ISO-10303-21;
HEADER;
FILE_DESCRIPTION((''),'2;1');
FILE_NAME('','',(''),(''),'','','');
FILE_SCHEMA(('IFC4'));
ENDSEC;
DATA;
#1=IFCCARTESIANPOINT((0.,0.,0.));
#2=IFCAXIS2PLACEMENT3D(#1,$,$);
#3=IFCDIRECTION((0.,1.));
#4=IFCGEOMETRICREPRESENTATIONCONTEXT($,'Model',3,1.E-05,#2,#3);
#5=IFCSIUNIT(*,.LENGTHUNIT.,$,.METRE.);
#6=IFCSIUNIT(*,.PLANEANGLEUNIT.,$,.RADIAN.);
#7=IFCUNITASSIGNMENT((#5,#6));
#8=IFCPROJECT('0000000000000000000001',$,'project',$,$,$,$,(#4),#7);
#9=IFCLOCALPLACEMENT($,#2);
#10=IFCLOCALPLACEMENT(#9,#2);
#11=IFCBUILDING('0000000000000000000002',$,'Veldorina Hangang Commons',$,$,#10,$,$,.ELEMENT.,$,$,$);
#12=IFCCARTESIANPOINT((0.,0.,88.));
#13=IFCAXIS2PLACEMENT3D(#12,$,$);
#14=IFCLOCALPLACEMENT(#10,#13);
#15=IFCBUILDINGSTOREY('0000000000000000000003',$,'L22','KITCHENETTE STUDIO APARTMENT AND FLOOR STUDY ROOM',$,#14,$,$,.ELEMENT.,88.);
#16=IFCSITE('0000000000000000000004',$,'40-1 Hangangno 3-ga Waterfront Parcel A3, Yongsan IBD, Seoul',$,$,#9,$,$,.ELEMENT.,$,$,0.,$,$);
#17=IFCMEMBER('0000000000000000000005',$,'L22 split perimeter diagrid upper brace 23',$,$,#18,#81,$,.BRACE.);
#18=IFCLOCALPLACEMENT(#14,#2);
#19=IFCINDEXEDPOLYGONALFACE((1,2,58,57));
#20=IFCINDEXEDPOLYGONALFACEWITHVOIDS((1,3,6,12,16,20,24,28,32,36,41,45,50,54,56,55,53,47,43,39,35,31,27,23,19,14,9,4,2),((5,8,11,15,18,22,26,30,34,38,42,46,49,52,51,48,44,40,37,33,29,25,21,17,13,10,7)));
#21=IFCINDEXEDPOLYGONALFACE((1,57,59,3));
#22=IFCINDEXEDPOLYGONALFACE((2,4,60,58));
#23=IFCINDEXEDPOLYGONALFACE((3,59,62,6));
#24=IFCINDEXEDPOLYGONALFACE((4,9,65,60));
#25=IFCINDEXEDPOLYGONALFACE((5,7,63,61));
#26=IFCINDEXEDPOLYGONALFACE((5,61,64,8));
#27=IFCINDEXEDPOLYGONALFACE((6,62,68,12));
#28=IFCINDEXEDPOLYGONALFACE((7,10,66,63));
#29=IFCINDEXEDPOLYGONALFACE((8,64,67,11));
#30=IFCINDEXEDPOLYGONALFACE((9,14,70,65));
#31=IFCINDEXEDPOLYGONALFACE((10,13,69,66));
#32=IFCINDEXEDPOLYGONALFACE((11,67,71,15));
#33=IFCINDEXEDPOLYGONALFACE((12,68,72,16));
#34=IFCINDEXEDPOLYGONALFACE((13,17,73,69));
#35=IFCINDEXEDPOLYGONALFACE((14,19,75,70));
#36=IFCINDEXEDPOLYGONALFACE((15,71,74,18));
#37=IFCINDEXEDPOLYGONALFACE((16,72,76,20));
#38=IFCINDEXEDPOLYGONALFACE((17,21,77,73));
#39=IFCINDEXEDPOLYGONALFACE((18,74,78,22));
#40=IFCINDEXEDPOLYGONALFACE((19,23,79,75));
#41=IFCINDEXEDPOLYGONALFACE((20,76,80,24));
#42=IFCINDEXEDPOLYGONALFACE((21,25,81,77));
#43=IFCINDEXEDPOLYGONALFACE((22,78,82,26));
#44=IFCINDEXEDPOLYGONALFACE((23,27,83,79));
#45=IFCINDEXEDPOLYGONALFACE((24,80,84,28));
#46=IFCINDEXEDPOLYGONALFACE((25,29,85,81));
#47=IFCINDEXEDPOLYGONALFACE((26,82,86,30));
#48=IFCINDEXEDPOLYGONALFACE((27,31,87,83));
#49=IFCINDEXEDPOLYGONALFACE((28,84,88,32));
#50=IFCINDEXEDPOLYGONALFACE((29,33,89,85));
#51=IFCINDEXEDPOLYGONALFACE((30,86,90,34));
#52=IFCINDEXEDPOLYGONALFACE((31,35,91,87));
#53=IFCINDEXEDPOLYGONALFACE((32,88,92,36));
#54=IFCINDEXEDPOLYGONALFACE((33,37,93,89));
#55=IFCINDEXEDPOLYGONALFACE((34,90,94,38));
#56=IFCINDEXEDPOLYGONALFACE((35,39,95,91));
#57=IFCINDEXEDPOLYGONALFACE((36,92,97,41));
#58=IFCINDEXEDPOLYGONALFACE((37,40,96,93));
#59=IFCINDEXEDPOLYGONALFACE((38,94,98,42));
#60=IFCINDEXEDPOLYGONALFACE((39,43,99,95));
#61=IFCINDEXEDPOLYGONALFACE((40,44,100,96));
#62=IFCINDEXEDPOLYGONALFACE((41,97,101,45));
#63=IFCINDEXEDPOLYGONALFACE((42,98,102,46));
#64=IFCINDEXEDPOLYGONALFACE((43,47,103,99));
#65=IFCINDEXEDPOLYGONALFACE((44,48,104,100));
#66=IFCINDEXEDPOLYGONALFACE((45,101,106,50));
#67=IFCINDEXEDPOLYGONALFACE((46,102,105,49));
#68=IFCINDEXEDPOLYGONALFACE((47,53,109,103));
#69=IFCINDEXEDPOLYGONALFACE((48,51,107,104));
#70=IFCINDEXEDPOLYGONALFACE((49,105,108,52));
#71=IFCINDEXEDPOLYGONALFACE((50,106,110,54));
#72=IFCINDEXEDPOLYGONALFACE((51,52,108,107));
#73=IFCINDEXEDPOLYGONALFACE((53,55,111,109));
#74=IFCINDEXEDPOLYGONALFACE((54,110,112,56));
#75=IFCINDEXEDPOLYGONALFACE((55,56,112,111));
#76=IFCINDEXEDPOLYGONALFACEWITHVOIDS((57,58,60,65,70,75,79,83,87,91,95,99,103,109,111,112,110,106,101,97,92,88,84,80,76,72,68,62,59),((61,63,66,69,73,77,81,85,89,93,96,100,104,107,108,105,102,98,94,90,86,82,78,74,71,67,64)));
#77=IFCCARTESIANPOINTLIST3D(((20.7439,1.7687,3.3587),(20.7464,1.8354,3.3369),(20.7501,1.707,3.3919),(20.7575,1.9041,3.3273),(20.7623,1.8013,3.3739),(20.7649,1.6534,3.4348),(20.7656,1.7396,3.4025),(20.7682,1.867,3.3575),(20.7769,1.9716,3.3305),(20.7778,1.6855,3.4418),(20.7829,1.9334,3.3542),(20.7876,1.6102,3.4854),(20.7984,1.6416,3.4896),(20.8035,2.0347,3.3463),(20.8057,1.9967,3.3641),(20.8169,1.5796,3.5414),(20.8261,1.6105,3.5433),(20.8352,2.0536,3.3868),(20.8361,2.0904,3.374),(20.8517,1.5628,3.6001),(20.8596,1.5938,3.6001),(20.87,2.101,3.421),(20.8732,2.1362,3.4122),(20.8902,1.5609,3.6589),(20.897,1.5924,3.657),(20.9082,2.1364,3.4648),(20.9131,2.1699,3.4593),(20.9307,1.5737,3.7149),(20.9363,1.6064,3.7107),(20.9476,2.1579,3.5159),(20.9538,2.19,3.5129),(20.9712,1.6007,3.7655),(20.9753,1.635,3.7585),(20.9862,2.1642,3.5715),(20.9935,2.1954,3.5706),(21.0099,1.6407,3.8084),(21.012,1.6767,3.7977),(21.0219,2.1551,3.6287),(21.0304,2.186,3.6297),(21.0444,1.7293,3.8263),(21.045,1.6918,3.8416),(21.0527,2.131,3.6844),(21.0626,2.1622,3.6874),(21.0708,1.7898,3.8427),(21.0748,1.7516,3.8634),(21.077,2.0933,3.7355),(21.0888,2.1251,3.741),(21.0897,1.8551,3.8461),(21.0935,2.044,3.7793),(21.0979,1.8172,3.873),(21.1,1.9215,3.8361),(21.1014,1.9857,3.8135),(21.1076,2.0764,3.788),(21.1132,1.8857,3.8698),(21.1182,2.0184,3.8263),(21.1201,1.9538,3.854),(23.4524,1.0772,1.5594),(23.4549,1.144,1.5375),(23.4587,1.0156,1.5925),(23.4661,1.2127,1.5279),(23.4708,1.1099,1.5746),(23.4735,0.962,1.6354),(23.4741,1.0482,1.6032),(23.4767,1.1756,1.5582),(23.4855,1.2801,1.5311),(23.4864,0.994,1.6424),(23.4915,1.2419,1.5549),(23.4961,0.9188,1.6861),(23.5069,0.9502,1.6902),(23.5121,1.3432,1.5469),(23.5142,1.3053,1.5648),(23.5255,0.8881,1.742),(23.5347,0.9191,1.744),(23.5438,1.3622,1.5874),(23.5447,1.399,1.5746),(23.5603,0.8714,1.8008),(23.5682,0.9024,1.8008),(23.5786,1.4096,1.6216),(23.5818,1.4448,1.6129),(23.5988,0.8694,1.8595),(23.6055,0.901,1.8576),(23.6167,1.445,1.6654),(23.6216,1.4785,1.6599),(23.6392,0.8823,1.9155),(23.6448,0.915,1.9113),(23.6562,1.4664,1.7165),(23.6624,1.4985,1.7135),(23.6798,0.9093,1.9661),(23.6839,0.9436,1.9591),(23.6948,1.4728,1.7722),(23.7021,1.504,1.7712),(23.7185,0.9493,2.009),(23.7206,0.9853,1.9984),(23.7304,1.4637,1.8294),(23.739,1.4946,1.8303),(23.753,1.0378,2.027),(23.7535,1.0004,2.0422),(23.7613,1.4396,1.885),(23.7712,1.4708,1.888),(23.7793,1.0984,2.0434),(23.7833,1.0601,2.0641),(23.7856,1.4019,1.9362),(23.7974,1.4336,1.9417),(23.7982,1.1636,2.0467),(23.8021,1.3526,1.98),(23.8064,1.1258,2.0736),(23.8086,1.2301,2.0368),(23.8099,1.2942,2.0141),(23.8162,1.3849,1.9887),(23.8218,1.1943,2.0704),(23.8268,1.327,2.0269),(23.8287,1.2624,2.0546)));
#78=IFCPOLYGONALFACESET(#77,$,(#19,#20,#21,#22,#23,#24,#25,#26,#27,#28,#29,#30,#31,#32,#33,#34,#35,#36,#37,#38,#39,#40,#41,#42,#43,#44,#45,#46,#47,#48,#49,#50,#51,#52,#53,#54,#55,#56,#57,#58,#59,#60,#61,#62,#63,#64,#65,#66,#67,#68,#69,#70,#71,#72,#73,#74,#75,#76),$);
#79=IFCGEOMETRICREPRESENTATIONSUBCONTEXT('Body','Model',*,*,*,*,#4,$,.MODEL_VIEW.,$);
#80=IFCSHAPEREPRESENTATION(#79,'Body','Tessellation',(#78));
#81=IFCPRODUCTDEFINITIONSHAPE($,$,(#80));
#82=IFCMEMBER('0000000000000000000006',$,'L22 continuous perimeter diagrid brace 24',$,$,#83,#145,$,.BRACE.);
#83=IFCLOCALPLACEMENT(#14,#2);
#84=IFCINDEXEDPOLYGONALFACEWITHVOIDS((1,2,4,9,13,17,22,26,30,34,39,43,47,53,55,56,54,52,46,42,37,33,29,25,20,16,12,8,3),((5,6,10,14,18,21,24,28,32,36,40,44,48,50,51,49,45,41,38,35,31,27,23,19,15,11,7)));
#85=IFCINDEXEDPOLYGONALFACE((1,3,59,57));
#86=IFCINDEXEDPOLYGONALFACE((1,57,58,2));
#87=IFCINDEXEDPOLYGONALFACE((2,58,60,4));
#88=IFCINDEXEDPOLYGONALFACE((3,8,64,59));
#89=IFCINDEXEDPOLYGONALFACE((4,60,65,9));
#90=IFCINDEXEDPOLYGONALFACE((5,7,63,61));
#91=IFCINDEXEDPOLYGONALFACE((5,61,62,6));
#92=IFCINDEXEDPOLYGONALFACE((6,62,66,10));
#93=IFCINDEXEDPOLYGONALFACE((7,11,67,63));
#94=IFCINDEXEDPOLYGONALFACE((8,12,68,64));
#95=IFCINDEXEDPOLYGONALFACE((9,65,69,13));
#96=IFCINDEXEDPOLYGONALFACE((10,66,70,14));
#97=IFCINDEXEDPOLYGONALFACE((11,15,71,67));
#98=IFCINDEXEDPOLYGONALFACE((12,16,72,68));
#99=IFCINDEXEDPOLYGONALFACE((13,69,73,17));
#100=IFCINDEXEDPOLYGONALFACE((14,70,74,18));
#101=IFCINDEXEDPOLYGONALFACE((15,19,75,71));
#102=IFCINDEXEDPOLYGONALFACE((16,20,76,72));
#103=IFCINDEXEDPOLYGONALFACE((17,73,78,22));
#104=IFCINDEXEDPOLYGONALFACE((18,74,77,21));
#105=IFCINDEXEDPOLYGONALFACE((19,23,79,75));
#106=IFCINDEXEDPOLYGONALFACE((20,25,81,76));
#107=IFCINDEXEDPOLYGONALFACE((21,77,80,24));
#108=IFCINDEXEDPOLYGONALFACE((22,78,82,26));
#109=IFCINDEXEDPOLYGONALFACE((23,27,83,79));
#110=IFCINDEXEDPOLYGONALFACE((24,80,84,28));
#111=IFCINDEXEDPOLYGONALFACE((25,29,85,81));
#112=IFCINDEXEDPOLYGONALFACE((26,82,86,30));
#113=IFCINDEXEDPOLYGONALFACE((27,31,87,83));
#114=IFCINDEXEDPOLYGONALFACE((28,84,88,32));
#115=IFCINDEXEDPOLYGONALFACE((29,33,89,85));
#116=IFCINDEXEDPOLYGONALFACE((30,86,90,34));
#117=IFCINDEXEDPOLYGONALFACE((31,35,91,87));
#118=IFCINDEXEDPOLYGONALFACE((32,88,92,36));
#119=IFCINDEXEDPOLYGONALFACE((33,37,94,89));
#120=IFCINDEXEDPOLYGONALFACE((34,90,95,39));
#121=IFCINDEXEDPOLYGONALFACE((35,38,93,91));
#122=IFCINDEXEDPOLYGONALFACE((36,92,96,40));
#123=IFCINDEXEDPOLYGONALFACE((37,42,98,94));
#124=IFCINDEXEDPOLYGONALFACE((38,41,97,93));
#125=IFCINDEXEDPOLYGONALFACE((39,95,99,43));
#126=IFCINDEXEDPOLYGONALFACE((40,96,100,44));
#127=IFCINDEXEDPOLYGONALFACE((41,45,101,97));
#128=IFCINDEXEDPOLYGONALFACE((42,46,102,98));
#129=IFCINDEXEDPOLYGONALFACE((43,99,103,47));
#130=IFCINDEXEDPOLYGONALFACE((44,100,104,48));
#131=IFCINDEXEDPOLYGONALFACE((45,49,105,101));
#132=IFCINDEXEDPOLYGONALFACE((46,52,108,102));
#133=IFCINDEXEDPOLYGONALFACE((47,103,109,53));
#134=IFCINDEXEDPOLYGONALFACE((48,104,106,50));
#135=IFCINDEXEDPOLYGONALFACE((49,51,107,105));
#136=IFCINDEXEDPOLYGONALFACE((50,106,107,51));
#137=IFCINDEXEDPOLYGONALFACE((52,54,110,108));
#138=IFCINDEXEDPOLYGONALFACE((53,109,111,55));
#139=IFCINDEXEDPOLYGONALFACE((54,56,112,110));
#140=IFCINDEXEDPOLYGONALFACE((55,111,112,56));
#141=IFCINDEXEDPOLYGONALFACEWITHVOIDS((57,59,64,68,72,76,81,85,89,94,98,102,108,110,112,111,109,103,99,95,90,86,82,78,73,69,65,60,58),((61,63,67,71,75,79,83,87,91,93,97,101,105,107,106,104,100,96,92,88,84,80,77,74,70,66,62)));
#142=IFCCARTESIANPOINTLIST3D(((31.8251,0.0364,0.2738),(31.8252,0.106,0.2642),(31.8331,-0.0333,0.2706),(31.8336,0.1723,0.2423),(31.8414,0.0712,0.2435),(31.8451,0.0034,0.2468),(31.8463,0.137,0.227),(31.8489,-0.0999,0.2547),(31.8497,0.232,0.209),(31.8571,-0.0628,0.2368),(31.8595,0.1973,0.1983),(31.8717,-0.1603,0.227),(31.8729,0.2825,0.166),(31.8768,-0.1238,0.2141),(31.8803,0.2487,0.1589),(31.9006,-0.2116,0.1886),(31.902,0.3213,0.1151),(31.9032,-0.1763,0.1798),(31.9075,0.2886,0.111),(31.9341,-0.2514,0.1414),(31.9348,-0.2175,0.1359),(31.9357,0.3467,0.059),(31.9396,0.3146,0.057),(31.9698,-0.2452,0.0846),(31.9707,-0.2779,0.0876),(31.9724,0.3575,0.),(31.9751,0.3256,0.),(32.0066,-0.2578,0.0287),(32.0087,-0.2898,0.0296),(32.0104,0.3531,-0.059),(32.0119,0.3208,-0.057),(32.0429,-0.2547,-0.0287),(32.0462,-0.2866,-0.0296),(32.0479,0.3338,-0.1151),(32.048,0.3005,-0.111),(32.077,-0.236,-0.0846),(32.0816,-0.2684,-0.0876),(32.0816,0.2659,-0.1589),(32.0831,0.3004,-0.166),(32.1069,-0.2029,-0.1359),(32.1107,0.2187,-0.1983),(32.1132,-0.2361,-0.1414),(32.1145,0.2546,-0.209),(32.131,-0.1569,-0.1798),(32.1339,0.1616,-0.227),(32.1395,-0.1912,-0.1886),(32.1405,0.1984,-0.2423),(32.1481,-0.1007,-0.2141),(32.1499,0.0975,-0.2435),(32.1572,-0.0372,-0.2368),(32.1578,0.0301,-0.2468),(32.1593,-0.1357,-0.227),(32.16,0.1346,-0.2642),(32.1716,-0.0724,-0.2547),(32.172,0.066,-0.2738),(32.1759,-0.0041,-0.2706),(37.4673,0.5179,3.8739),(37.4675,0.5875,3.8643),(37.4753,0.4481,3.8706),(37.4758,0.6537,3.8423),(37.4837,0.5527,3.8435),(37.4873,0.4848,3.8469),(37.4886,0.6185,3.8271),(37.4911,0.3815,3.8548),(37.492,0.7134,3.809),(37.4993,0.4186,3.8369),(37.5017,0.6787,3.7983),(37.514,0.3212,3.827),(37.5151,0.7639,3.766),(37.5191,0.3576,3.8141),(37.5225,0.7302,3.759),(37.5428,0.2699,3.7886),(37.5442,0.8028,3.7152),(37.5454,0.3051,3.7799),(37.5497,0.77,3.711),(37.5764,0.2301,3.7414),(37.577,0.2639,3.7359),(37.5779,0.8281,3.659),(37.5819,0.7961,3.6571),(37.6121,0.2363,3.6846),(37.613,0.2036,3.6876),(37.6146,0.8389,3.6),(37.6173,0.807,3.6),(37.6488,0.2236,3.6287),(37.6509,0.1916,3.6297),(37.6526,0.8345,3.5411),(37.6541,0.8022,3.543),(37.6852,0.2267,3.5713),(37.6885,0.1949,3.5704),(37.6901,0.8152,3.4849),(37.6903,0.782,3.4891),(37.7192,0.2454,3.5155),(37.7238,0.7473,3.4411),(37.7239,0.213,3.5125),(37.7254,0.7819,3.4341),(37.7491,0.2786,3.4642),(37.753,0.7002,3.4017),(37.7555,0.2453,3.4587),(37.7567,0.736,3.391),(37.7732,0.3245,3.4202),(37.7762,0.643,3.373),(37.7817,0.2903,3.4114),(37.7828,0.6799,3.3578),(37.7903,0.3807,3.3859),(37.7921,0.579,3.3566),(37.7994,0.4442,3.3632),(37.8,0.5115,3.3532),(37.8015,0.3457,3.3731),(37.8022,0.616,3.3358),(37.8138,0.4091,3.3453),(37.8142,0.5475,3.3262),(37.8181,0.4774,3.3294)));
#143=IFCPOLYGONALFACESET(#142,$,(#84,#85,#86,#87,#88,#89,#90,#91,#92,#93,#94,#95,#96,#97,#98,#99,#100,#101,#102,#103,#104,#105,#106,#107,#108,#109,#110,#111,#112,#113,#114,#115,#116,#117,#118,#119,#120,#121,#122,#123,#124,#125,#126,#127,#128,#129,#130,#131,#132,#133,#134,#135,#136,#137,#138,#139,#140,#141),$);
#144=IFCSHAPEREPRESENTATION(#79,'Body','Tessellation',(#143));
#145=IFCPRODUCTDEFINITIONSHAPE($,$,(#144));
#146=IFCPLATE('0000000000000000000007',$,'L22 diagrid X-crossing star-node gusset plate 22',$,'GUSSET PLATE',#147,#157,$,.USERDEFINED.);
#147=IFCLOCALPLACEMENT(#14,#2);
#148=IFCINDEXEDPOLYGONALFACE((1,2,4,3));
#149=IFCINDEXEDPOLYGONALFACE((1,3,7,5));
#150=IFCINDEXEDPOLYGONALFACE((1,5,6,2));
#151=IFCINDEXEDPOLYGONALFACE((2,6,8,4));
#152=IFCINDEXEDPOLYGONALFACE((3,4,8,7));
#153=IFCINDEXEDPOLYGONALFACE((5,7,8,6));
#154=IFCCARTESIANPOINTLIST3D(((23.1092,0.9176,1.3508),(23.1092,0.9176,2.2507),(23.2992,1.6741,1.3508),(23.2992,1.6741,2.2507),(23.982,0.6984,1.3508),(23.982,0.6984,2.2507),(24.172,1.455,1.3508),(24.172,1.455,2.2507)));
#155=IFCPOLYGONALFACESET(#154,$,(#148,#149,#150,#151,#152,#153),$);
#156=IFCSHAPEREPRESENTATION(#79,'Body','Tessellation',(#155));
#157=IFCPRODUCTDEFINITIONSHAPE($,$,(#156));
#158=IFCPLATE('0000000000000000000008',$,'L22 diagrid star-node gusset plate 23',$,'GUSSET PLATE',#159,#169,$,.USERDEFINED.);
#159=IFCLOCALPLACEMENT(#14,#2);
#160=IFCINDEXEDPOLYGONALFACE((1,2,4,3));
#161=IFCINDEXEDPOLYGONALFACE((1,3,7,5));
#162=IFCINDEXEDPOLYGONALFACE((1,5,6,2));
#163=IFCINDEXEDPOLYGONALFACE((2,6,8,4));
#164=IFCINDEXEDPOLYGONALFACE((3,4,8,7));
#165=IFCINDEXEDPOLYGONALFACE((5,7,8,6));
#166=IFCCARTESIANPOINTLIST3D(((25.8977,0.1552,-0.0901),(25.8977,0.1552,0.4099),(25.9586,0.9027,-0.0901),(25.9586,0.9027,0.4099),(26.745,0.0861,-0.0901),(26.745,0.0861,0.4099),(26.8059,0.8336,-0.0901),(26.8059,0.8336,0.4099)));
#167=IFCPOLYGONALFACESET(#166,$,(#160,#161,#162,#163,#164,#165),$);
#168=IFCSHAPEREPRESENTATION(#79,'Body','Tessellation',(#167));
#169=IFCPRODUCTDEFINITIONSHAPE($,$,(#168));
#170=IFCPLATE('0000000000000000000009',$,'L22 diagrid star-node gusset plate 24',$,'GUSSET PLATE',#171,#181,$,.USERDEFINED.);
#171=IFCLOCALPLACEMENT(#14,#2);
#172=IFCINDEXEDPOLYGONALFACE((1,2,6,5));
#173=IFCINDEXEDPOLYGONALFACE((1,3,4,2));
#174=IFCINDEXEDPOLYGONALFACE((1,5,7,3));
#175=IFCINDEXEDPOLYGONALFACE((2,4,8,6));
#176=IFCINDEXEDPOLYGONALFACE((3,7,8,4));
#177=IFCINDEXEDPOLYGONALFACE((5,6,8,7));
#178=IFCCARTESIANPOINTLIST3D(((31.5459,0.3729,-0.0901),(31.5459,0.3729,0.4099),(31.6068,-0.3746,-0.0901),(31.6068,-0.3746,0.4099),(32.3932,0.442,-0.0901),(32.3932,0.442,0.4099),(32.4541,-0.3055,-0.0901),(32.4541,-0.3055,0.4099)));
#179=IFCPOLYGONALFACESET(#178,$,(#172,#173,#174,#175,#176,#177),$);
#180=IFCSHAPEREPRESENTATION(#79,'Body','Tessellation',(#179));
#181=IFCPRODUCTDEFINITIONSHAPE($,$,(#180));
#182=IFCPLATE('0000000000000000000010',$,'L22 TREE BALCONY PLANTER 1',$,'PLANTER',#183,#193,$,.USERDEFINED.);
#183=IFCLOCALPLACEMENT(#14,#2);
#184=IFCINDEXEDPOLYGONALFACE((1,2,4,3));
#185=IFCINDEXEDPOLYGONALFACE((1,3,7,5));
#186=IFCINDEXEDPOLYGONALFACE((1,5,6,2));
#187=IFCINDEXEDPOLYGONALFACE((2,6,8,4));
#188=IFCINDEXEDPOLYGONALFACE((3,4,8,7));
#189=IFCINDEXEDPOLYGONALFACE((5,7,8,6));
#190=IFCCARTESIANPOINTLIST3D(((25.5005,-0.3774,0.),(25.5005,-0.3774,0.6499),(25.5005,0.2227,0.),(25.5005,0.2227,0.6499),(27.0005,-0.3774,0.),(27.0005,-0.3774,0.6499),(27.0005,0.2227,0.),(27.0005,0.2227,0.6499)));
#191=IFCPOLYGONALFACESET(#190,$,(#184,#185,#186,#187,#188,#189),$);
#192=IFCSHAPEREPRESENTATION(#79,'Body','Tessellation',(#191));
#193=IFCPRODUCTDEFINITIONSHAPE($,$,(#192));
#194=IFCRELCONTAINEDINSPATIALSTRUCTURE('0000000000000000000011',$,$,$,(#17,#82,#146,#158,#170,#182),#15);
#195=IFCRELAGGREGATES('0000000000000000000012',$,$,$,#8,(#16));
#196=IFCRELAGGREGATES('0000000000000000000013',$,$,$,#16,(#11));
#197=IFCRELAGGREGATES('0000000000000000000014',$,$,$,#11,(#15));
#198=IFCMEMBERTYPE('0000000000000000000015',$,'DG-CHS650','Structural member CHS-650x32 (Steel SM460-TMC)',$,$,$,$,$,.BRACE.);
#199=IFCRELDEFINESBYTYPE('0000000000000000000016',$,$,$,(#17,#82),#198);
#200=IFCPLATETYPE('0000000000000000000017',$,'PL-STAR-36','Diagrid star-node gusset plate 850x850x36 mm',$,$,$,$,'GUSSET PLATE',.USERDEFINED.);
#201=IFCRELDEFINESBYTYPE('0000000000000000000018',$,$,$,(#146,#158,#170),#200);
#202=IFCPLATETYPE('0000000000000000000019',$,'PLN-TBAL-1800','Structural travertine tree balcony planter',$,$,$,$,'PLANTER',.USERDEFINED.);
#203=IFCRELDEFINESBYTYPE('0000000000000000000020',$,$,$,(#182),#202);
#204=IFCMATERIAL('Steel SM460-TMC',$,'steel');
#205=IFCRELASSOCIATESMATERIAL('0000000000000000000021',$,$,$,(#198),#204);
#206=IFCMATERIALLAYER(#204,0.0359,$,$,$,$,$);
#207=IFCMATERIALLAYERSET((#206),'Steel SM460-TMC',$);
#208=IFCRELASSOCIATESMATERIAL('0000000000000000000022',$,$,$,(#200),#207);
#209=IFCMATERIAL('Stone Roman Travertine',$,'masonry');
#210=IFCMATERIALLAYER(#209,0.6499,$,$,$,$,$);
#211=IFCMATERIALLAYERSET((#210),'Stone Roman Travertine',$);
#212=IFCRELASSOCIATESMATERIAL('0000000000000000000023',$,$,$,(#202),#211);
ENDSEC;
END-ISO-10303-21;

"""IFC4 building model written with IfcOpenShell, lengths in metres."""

from ifc_helpers import new_model, si_unit, direction, frame, origin, origin_2d, place, context, subcontext, project, spatial, rectangle, hollow_circle, extrude, material, layer, layer_set, material_profile, profile_set, type_object, element, save


model = new_model("IFC4")

# Units and contexts
model_context = context("Model", 3, precision=1e-05, world=origin(), true_north=direction((0.0, 1.0)))
body_context = subcontext(model_context, "Body", "Model", "MODEL_VIEW")
ifc_project = project(units=[si_unit("LENGTHUNIT", "METRE"), si_unit("PLANEANGLEUNIT", "RADIAN")], contexts=[model_context])

# Site, building, storey
site_placement = place(None, origin())
site = spatial("IfcSite", under=ifc_project, at=site_placement, Name="40-1 Hangangno 3-ga Waterfront Parcel A3, Yongsan IBD, Seoul", CompositionType="ELEMENT", RefElevation=0.0)
building_placement = place(site_placement, origin())
building = spatial("IfcBuilding", under=site, at=building_placement, Name="Veldorina Hangang Commons", CompositionType="ELEMENT")
storey_placement = place(building_placement, frame((0.0, 0.0, 88.0)))
storey = spatial("IfcBuildingStorey", under=building, at=storey_placement, Name="L22", Description="KITCHENETTE STUDIO APARTMENT AND FLOOR STUDY ROOM", CompositionType="ELEMENT", Elevation=88.0)

# Members
ifc_material_1 = material(Name="Steel SM460-TMC", Category="steel")
ifc_material_profile_1 = material_profile(ifc_material_1, hollow_circle(Radius=0.325, WallThickness=0.032, at=origin_2d()), Name="CHS-650x32")
ifc_profile_set_1 = profile_set([ifc_material_profile_1], Name="Steel SM460-TMC")
member_type = type_object("IfcMemberType", Name="DG-CHS650", Description="Structural member CHS-650x32 (Steel SM460-TMC)", PredefinedType="BRACE", material=ifc_profile_set_1)
member_1_placement = place(storey_placement, frame((23.6406, 1.1863, 1.8008), z_axis=(-0.814736, 0.20798, 0.541248), x_axis=(-0.247341, -0.968928, 0.0)))
element("IfcMember", 1, at=member_1_placement, inside=storey, type_object=member_type, Name="L22 split perimeter diagrid upper brace 23", PredefinedType="BRACE", context=body_context, shape_type="SweptSolid", body=[
    extrude(hollow_circle(Radius=0.325, WallThickness=0.032, at=origin_2d()), origin(), (0.0, 0.0, 1.0), 3.3245),
])
member_2_placement = place(storey_placement, frame((32.0, 0.0337, 0.0), z_axis=(0.840844, 0.071747, 0.536501), x_axis=(-0.085018, 0.996379, 0.0)))
element("IfcMember", 2, at=member_2_placement, inside=storey, type_object=member_type, Name="L22 continuous perimeter diagrid brace 24", PredefinedType="BRACE", context=body_context, shape_type="SweptSolid", body=[
    extrude(hollow_circle(Radius=0.325, WallThickness=0.032, at=origin_2d()), origin(), (0.0, 0.0, 1.0), 6.7102),
])

# Plates
ifc_layer_1 = layer(ifc_material_1, 0.0359)
ifc_layer_set_1 = layer_set([ifc_layer_1], Name="Steel SM460-TMC")
plate_type_1 = type_object("IfcPlateType", Name="PL-STAR-36", Description="Diagrid star-node gusset plate 850x850x36 mm", ElementType="GUSSET PLATE", PredefinedType="USERDEFINED", material=ifc_layer_set_1)
plate_1_placement = place(storey_placement, frame((23.6406, 1.1863, 1.3508), z_axis=(0.0, 0.0, 1.0), x_axis=(0.969889, -0.243547, 0.0)))
element("IfcPlate", 3, at=plate_1_placement, inside=storey, type_object=plate_type_1, Name="L22 diagrid X-crossing star-node gusset plate 22", ObjectType="GUSSET PLATE", PredefinedType="USERDEFINED", context=body_context, shape_type="SweptSolid", body=[
    extrude(rectangle(XDim=0.8999, YDim=0.78, at=origin_2d()), origin(), (0.0, 0.0, 1.0), 0.8999),
])
for number, where, z_axis, x_axis, name in (
    (4, (26.3518, 0.4944, -0.0901), (0.0, 0.0, 1.0), (0.996693, -0.08126, 0.0), "L22 diagrid star-node gusset plate 23"),
    (5, (32.0, 0.0337, -0.0901), (0.0, 0.0, 1.0), (0.996693, 0.08126, 0.0), "L22 diagrid star-node gusset plate 24"),
):
    element("IfcPlate", number, at=place(storey_placement, frame(where, z_axis=z_axis, x_axis=x_axis)), inside=storey, type_object=plate_type_1, Name=name, ObjectType="GUSSET PLATE", PredefinedType="USERDEFINED", context=body_context, shape_type="SweptSolid", body=[
        extrude(rectangle(XDim=0.8501, YDim=0.75, at=origin_2d()), origin(), (0.0, 0.0, 1.0), 0.5),
    ])
ifc_material_2 = material(Name="Stone Roman Travertine", Category="masonry")
ifc_layer_2 = layer(ifc_material_2, 0.6499)
ifc_layer_set_2 = layer_set([ifc_layer_2], Name="Stone Roman Travertine")
plate_type_2 = type_object("IfcPlateType", Name="PLN-TBAL-1800", Description="Structural travertine tree balcony planter", ElementType="PLANTER", PredefinedType="USERDEFINED", material=ifc_layer_set_2)
plate_2_placement = place(storey_placement, frame((26.2505, -0.0774, 0.0), z_axis=(0.0, 0.0, 1.0), x_axis=(1.0, 0.0, 0.0)))
element("IfcPlate", 6, at=plate_2_placement, inside=storey, type_object=plate_type_2, Name="L22 TREE BALCONY PLANTER 1", ObjectType="PLANTER", PredefinedType="USERDEFINED", context=body_context, shape_type="SweptSolid", body=[
    extrude(rectangle(XDim=1.5, YDim=0.6001, at=origin_2d()), origin(), (0.0, 0.0, 1.0), 0.6499),
])

save(model, "model.ifc")
